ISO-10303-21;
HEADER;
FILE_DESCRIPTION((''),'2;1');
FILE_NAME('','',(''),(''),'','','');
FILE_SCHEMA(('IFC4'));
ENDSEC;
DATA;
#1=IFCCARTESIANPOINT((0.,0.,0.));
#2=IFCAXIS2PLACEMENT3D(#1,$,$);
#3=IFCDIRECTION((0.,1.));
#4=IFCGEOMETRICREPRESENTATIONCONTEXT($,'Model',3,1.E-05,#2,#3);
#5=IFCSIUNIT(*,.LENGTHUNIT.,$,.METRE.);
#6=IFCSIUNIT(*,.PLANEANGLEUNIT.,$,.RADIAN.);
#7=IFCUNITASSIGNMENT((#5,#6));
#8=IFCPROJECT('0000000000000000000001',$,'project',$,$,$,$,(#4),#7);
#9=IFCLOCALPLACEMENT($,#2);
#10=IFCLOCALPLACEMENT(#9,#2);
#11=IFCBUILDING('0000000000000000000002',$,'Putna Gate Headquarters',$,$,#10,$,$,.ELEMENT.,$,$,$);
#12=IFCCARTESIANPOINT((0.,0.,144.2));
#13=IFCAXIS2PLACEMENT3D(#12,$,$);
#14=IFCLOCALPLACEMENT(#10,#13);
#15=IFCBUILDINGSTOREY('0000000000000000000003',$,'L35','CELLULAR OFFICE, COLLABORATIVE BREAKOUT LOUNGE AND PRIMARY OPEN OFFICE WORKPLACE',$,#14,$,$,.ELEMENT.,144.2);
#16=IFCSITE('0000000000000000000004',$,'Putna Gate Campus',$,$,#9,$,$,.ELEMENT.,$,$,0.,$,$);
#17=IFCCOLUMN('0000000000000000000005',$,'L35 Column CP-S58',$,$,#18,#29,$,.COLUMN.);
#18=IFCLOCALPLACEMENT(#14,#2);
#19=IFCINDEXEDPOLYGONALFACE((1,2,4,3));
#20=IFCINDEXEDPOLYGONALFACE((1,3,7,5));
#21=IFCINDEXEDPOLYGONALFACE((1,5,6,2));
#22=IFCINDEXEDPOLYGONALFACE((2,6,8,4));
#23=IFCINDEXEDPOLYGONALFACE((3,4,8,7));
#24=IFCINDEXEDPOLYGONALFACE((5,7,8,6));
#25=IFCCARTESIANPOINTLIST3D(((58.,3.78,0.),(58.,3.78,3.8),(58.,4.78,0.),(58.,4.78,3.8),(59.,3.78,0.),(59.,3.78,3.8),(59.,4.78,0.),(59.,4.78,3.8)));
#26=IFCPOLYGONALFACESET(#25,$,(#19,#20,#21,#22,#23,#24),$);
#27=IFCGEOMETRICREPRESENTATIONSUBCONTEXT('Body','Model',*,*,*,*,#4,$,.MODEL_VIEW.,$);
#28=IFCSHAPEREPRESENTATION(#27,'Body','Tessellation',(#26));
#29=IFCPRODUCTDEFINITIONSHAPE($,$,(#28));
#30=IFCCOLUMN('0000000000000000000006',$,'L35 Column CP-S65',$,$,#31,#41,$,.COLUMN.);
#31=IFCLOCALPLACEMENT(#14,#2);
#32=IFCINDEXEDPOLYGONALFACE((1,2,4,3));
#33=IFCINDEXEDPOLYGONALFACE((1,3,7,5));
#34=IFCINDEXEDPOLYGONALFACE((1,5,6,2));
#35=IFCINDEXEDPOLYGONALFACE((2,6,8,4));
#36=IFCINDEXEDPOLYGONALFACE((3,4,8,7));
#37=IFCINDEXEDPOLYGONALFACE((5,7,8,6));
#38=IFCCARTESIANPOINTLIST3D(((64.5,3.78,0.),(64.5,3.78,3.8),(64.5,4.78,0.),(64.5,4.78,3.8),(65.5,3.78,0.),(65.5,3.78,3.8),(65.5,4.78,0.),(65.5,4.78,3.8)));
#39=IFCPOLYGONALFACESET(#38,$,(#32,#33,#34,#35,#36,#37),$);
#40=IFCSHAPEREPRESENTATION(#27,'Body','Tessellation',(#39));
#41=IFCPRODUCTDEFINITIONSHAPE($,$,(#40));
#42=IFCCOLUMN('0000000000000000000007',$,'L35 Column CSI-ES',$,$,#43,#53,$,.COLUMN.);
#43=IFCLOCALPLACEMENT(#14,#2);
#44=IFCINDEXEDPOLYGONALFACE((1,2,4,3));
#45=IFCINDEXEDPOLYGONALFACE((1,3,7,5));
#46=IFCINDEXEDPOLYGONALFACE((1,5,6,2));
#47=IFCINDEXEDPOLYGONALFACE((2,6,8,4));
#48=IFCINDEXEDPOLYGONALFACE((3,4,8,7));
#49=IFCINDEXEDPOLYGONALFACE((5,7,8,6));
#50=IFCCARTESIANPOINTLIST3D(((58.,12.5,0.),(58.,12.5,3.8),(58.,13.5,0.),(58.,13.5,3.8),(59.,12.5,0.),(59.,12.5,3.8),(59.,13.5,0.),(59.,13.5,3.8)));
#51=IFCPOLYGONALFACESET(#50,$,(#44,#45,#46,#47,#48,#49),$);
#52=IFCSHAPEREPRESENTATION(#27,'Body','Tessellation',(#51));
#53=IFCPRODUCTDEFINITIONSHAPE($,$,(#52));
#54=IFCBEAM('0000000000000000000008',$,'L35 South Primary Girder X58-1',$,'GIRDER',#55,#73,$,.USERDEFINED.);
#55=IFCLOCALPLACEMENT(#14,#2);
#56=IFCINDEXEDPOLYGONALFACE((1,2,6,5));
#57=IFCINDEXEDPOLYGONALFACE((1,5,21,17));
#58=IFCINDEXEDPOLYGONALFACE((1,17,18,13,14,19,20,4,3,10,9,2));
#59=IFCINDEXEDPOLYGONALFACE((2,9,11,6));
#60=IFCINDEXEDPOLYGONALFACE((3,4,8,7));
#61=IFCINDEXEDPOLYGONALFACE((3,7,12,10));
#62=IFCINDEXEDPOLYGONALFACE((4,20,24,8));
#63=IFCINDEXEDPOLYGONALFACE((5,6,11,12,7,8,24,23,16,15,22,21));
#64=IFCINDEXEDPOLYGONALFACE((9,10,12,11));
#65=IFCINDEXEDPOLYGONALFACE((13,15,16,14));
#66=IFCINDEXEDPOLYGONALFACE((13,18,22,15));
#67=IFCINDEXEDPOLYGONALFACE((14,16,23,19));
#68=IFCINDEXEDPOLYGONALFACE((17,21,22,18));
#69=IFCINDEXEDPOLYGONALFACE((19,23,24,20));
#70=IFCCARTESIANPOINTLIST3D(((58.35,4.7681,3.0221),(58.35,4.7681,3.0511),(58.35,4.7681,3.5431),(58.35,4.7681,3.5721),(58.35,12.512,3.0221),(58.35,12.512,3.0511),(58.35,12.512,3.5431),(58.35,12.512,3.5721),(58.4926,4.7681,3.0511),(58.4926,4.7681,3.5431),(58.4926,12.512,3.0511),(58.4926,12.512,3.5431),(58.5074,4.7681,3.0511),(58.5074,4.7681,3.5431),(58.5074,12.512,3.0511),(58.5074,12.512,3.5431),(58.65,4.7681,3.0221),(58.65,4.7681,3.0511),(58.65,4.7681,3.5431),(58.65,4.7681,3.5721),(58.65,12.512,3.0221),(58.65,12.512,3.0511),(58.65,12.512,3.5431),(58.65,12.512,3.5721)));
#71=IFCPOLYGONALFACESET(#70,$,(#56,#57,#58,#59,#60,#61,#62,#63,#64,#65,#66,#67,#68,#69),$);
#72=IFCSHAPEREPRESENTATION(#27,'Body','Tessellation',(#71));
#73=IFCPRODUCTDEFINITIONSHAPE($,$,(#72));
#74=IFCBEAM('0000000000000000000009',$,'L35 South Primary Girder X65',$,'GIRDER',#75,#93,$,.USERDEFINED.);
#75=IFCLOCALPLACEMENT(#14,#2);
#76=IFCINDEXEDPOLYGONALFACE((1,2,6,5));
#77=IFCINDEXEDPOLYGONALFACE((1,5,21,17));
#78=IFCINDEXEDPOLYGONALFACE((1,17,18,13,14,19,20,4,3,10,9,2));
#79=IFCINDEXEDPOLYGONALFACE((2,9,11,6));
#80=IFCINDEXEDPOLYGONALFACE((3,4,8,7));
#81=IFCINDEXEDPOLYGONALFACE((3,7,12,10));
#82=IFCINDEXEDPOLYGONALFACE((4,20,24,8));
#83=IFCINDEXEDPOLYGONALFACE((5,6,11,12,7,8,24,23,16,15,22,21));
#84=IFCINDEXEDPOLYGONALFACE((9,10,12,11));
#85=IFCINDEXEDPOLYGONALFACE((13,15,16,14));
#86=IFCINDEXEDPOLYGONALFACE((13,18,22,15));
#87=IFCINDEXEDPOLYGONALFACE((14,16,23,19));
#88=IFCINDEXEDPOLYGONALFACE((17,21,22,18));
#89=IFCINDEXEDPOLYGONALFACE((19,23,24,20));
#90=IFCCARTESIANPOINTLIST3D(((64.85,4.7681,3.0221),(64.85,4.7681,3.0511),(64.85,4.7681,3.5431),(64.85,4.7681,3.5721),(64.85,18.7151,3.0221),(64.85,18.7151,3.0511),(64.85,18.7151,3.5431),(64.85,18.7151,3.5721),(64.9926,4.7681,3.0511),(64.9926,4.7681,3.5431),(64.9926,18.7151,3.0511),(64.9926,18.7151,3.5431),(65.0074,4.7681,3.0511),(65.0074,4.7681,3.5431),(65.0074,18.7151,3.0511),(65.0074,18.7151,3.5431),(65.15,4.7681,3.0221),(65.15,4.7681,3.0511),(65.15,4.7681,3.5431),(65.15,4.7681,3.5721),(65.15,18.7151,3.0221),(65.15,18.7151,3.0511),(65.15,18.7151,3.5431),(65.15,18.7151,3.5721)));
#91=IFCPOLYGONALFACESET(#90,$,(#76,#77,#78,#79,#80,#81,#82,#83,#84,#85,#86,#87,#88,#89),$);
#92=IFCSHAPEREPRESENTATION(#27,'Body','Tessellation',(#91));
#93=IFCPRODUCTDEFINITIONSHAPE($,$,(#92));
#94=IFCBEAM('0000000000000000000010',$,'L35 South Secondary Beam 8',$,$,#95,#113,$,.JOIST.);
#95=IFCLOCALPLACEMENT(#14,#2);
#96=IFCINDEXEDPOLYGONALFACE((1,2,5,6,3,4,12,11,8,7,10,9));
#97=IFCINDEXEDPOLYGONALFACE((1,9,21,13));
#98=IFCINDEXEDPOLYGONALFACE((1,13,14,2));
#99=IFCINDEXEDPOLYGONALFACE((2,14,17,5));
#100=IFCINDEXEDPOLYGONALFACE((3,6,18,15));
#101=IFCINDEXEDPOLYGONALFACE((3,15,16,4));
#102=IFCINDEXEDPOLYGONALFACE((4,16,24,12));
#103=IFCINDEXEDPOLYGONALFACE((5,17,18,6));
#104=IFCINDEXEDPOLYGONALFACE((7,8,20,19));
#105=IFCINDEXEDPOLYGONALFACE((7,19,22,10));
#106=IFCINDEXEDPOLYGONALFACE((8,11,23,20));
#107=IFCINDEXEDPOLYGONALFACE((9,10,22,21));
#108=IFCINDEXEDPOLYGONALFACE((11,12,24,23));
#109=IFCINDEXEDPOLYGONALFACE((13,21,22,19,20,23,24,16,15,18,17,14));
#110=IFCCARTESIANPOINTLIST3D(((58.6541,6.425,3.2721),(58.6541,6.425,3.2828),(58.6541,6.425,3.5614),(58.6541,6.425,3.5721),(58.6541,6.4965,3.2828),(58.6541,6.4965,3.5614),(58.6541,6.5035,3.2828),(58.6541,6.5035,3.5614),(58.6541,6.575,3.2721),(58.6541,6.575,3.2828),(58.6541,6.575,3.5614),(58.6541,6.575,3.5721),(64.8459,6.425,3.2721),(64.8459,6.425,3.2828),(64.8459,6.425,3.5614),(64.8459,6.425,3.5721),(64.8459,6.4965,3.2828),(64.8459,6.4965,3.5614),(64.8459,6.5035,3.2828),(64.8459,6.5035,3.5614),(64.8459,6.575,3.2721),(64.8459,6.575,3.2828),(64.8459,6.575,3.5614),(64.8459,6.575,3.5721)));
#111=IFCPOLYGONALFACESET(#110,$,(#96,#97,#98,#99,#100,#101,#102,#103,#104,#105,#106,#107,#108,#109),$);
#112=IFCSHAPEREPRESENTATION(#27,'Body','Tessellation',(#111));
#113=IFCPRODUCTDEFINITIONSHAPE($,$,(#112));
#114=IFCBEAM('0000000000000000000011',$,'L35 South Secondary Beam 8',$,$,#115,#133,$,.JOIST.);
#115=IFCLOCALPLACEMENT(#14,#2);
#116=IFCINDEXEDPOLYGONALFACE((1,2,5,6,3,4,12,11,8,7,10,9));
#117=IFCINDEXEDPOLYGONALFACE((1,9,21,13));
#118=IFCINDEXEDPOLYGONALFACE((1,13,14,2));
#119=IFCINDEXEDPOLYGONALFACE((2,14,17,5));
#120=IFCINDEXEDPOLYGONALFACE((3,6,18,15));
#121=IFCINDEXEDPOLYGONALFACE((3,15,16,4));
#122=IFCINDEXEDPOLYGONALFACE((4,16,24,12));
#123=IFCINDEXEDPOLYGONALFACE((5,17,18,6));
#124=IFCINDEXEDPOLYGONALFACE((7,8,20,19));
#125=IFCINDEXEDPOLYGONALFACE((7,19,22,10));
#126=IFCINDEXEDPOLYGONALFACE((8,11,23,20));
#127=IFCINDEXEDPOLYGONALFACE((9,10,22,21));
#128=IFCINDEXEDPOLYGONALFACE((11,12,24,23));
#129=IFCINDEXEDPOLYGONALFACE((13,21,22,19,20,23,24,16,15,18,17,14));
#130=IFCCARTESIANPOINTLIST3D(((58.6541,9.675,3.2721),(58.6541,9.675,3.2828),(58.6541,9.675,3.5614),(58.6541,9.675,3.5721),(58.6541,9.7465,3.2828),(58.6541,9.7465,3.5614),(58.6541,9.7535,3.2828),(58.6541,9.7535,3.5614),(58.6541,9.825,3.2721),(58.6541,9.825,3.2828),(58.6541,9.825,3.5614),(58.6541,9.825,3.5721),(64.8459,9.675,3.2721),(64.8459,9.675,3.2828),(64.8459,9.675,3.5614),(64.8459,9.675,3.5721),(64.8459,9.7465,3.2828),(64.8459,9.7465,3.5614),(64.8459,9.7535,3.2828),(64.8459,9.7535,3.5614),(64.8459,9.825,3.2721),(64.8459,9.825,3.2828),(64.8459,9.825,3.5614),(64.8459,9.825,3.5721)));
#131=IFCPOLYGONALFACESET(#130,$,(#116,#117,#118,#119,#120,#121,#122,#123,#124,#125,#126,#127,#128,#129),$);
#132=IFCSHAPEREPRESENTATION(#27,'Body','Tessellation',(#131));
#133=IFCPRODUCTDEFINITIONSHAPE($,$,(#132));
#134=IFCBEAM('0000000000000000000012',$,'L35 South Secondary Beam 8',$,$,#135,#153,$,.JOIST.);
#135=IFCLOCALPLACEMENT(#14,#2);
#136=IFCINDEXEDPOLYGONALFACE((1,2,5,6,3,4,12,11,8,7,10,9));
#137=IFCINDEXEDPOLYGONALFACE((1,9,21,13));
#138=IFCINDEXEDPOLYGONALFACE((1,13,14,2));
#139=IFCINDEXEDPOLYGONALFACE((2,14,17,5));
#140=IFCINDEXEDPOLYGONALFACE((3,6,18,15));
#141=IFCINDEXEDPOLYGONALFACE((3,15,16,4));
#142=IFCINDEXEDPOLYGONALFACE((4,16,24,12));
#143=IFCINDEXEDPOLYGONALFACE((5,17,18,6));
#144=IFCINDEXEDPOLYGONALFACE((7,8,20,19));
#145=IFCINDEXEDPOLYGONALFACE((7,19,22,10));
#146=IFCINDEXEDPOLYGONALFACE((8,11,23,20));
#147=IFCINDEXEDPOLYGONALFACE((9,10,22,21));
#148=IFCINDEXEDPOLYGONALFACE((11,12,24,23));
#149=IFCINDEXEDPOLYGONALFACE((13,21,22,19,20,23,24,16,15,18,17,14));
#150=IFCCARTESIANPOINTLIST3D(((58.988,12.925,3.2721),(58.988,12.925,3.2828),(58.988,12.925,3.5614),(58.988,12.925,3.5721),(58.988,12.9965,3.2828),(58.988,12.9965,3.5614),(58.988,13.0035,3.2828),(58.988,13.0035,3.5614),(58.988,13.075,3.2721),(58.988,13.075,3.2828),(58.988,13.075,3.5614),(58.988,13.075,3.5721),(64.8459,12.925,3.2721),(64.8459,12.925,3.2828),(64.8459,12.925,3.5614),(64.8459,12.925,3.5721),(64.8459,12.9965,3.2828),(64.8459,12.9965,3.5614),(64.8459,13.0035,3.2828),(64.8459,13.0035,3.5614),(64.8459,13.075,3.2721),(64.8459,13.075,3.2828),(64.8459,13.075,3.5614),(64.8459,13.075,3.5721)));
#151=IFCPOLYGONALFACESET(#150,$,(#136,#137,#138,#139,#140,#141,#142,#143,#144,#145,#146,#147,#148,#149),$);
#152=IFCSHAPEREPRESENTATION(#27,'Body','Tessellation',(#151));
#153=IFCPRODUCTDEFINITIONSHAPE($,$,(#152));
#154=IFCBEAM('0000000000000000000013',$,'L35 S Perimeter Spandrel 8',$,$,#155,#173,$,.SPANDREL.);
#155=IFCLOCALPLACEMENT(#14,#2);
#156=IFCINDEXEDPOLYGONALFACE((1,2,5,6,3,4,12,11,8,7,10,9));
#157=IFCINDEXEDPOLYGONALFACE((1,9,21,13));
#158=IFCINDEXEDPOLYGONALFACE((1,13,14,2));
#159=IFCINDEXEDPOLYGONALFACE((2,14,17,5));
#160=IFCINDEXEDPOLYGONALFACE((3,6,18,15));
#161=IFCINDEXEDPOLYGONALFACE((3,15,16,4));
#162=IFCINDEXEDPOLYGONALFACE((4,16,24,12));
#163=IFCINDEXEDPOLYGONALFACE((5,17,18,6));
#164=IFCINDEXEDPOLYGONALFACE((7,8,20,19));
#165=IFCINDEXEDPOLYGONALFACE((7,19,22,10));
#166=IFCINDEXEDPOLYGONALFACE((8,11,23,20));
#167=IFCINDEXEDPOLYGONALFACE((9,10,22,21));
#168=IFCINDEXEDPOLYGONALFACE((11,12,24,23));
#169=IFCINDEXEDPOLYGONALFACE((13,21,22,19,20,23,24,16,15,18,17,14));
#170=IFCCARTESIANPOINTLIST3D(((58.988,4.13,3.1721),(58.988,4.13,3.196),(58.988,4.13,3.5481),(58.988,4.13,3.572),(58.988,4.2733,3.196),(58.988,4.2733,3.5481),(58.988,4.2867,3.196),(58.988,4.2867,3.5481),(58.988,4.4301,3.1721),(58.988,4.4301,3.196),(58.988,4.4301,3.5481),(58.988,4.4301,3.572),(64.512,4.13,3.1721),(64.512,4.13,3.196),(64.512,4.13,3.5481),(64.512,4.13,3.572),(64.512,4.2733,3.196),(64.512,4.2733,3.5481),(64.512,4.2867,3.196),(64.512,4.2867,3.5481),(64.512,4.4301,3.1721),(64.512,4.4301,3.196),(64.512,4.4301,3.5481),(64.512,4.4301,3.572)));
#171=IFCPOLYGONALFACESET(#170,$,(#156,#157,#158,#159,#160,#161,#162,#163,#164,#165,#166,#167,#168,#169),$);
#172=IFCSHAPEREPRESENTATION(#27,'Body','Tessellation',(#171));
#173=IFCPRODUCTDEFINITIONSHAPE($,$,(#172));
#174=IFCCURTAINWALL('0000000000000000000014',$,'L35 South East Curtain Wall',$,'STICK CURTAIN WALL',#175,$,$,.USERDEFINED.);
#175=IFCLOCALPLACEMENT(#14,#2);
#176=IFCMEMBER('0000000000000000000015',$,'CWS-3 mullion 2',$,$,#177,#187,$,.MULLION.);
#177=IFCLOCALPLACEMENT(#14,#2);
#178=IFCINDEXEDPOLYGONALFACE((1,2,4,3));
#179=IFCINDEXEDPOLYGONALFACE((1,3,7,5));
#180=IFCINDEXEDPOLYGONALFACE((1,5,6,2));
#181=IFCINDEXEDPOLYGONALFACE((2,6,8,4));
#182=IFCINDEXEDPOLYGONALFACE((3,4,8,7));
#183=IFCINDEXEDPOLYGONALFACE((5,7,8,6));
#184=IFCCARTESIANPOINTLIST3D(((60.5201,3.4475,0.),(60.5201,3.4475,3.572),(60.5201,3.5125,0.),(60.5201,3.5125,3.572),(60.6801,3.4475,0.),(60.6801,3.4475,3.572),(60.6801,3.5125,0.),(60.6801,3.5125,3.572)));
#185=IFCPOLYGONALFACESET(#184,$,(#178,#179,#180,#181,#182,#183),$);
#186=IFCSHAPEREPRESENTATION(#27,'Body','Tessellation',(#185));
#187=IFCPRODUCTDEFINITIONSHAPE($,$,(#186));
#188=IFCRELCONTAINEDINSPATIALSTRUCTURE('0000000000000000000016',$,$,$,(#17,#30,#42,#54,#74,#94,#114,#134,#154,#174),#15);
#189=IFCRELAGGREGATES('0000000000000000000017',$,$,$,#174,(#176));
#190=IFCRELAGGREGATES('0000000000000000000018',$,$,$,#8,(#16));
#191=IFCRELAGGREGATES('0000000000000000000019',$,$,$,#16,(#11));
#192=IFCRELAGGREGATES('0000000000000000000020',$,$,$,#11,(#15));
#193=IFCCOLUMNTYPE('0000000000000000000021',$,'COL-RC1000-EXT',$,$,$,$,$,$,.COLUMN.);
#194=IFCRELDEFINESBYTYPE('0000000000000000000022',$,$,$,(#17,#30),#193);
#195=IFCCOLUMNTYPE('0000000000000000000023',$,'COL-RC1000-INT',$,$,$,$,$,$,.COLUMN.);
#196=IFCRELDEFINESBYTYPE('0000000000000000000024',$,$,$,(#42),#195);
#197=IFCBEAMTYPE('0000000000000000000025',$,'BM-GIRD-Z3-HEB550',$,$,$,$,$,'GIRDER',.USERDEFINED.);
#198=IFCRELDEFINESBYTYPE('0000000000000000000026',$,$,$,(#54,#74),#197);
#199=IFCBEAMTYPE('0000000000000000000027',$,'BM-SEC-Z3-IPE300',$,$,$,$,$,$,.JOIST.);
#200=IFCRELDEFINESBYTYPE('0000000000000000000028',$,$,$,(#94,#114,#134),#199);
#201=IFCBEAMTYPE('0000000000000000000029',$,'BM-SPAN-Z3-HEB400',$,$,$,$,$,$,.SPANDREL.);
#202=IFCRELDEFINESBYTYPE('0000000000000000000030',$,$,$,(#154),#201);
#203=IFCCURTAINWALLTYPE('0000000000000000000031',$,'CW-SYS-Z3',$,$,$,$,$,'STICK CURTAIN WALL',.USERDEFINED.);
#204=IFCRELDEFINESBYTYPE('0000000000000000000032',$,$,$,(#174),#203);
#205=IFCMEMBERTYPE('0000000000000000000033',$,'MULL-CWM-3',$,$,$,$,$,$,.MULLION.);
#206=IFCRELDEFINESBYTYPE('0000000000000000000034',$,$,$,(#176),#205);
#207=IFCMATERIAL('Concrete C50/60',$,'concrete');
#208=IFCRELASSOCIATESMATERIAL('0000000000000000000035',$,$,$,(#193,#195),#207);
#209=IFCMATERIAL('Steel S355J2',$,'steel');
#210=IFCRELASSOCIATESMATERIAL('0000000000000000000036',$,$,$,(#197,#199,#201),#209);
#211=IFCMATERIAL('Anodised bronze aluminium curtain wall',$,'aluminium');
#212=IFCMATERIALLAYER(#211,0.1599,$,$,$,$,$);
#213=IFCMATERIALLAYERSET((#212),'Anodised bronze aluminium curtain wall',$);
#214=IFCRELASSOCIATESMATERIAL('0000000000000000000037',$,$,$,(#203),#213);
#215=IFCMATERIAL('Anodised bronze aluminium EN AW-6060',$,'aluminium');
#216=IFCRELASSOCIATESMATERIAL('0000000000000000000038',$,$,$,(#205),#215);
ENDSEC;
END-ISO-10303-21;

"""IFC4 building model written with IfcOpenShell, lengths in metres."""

from ifc_helpers import new_model, si_unit, direction, frame, origin, origin_2d, place, context, subcontext, project, spatial, rectangle, i_section, extrude, material, layer, layer_set, material_profile, profile_set, type_object, element, aggregate, save


model = new_model("IFC4")

# Units and contexts
model_context = context("Model", 3, precision=1e-05, world=origin(), true_north=direction((0.0, 1.0)))
body_context = subcontext(model_context, "Body", "Model", "MODEL_VIEW")
ifc_project = project(units=[si_unit("LENGTHUNIT", "METRE"), si_unit("PLANEANGLEUNIT", "RADIAN")], contexts=[model_context])

# Site, building, storey
site_placement = place(None, origin())
site = spatial("IfcSite", under=ifc_project, at=site_placement, Name="Putna Gate Campus", CompositionType="ELEMENT", RefElevation=0.0)
building_placement = place(site_placement, origin())
building = spatial("IfcBuilding", under=site, at=building_placement, Name="Putna Gate Headquarters", CompositionType="ELEMENT")
storey_placement = place(building_placement, frame((0.0, 0.0, 144.2)))
storey = spatial("IfcBuildingStorey", under=building, at=storey_placement, Name="L35", Description="CELLULAR OFFICE, COLLABORATIVE BREAKOUT LOUNGE AND PRIMARY OPEN OFFICE WORKPLACE", CompositionType="ELEMENT", Elevation=144.2)

# Columns
ifc_material_1 = material(Name="Concrete C50/60", Category="concrete")
ifc_material_profile_1 = material_profile(ifc_material_1, rectangle(XDim=1.0, YDim=1.0, at=origin_2d()), Name="Concrete C50/60")
ifc_profile_set_1 = profile_set([ifc_material_profile_1], Name="Concrete C50/60")
column_type_1 = type_object("IfcColumnType", Name="COL-RC1000-EXT", PredefinedType="COLUMN", material=ifc_profile_set_1)
for number, where, z_axis, x_axis, name in (
    (1, (58.5, 4.28, 0.0), (0.0, 0.0, 1.0), (1.0, 0.0, 0.0), "L35 Column CP-S58"),
    (2, (65.0, 4.28, 0.0), (0.0, 0.0, 1.0), (1.0, 0.0, 0.0), "L35 Column CP-S65"),
):
    element("IfcColumn", number, at=place(storey_placement, frame(where, z_axis=z_axis, x_axis=x_axis)), inside=storey, type_object=column_type_1, Name=name, PredefinedType="COLUMN", context=body_context, shape_type="SweptSolid", body=[
        extrude(rectangle(XDim=1.0, YDim=1.0, at=origin_2d()), origin(), (0.0, 0.0, 1.0), 3.8),
    ])
ifc_material_profile_2 = material_profile(ifc_material_1, rectangle(XDim=1.0, YDim=1.0, at=origin_2d()), Name="Concrete C50/60")
ifc_profile_set_2 = profile_set([ifc_material_profile_2], Name="Concrete C50/60")
column_type_2 = type_object("IfcColumnType", Name="COL-RC1000-INT", PredefinedType="COLUMN", material=ifc_profile_set_2)
column_placement = place(storey_placement, frame((58.5, 13.0, 0.0), z_axis=(0.0, 0.0, 1.0), x_axis=(1.0, 0.0, 0.0)))
element("IfcColumn", 3, at=column_placement, inside=storey, type_object=column_type_2, Name="L35 Column CSI-ES", PredefinedType="COLUMN", context=body_context, shape_type="SweptSolid", body=[
    extrude(rectangle(XDim=1.0, YDim=1.0, at=origin_2d()), origin(), (0.0, 0.0, 1.0), 3.8),
])

# Beams
ifc_material_2 = material(Name="Steel S355J2", Category="steel")
ifc_material_profile_3 = material_profile(ifc_material_2, i_section(OverallWidth=0.3, OverallDepth=0.55, WebThickness=0.0149, FlangeThickness=0.0291, at=origin_2d()), Name="Steel S355J2")
ifc_profile_set_3 = profile_set([ifc_material_profile_3], Name="Steel S355J2")
beam_type_1 = type_object("IfcBeamType", Name="BM-GIRD-Z3-HEB550", ElementType="GIRDER", PredefinedType="USERDEFINED", material=ifc_profile_set_3)
beam_1_placement = place(storey_placement, frame((58.5, 4.7681, 3.2971), z_axis=(0.0, 1.0, 0.0), x_axis=(-1.0, 0.0, 0.0)))
element("IfcBeam", 4, at=beam_1_placement, inside=storey, type_object=beam_type_1, Name="L35 South Primary Girder X58-1", ObjectType="GIRDER", PredefinedType="USERDEFINED", context=body_context, shape_type="SweptSolid", body=[
    extrude(i_section(OverallWidth=0.3, OverallDepth=0.55, WebThickness=0.0149, FlangeThickness=0.0291, at=origin_2d()), origin(), (0.0, 0.0, 1.0), 7.7439),
])
beam_2_placement = place(storey_placement, frame((65.0, 4.7681, 3.2971), z_axis=(0.0, 1.0, 0.0), x_axis=(-1.0, 0.0, 0.0)))
element("IfcBeam", 5, at=beam_2_placement, inside=storey, type_object=beam_type_1, Name="L35 South Primary Girder X65", ObjectType="GIRDER", PredefinedType="USERDEFINED", context=body_context, shape_type="SweptSolid", body=[
    extrude(i_section(OverallWidth=0.3, OverallDepth=0.55, WebThickness=0.0149, FlangeThickness=0.0291, at=origin_2d()), origin(), (0.0, 0.0, 1.0), 13.947),
])
ifc_material_profile_4 = material_profile(ifc_material_2, i_section(OverallWidth=0.1499, OverallDepth=0.3, WebThickness=0.0071, FlangeThickness=0.0107, at=origin_2d()), Name="Steel S355J2")
ifc_profile_set_4 = profile_set([ifc_material_profile_4], Name="Steel S355J2")
beam_type_2 = type_object("IfcBeamType", Name="BM-SEC-Z3-IPE300", PredefinedType="JOIST", material=ifc_profile_set_4)
for number, where, z_axis, x_axis, name in (
    (6, (58.6541, 6.5, 3.4221), (1.0, 0.0, 0.0), (0.0, 1.0, 0.0), "L35 South Secondary Beam 8"),
    (7, (58.6541, 9.75, 3.4221), (1.0, 0.0, 0.0), (0.0, 1.0, 0.0), "L35 South Secondary Beam 8"),
):
    element("IfcBeam", number, at=place(storey_placement, frame(where, z_axis=z_axis, x_axis=x_axis)), inside=storey, type_object=beam_type_2, Name=name, PredefinedType="JOIST", context=body_context, shape_type="SweptSolid", body=[
        extrude(i_section(OverallWidth=0.1499, OverallDepth=0.3, WebThickness=0.0071, FlangeThickness=0.0107, at=origin_2d()), origin(), (0.0, 0.0, 1.0), 6.1919),
    ])
beam_3_placement = place(storey_placement, frame((58.988, 13.0, 3.4221), z_axis=(1.0, 0.0, 0.0), x_axis=(0.0, 1.0, 0.0)))
element("IfcBeam", 8, at=beam_3_placement, inside=storey, type_object=beam_type_2, Name="L35 South Secondary Beam 8", PredefinedType="JOIST", context=body_context, shape_type="SweptSolid", body=[
    extrude(i_section(OverallWidth=0.1499, OverallDepth=0.3, WebThickness=0.0071, FlangeThickness=0.0107, at=origin_2d()), origin(), (0.0, 0.0, 1.0), 5.8579),
])
ifc_material_profile_5 = material_profile(ifc_material_2, i_section(OverallWidth=0.3, OverallDepth=0.3999, WebThickness=0.0134, FlangeThickness=0.0239, at=origin_2d()), Name="Steel S355J2")
ifc_profile_set_5 = profile_set([ifc_material_profile_5], Name="Steel S355J2")
beam_type_3 = type_object("IfcBeamType", Name="BM-SPAN-Z3-HEB400", PredefinedType="SPANDREL", material=ifc_profile_set_5)
beam_4_placement = place(storey_placement, frame((58.988, 4.28, 3.3721), z_axis=(1.0, 0.0, 0.0), x_axis=(0.0, 1.0, 0.0)))
element("IfcBeam", 9, at=beam_4_placement, inside=storey, type_object=beam_type_3, Name="L35 S Perimeter Spandrel 8", PredefinedType="SPANDREL", context=body_context, shape_type="SweptSolid", body=[
    extrude(i_section(OverallWidth=0.3, OverallDepth=0.3999, WebThickness=0.0134, FlangeThickness=0.0239, at=origin_2d()), origin(), (0.0, 0.0, 1.0), 5.5239),
])

# Curtain wall, member
ifc_material_3 = material(Name="Anodised bronze aluminium curtain wall", Category="aluminium")
ifc_layer_1 = layer(ifc_material_3, 0.1599)
ifc_layer_set_1 = layer_set([ifc_layer_1], Name="Anodised bronze aluminium curtain wall")
curtain_wall_type = type_object("IfcCurtainWallType", Name="CW-SYS-Z3", ElementType="STICK CURTAIN WALL", PredefinedType="USERDEFINED", material=ifc_layer_set_1)
curtain_wall_1_placement = place(storey_placement, origin())
curtain_wall_1 = element("IfcCurtainWall", 10, at=curtain_wall_1_placement, inside=storey, type_object=curtain_wall_type, Name="L35 South East Curtain Wall", ObjectType="STICK CURTAIN WALL", PredefinedType="USERDEFINED")
ifc_material_4 = material(Name="Anodised bronze aluminium EN AW-6060", Category="aluminium")
ifc_material_profile_6 = material_profile(ifc_material_4, rectangle(XDim=0.0649, YDim=0.1599, at=origin_2d()), Name="Anodised bronze aluminium EN AW-6060")
ifc_profile_set_6 = profile_set([ifc_material_profile_6], Name="Anodised bronze aluminium EN AW-6060")
member_type_1 = type_object("IfcMemberType", Name="MULL-CWM-3", PredefinedType="MULLION", material=ifc_profile_set_6)
member_1_placement = place(storey_placement, frame((60.6001, 3.48, 0.0), z_axis=(0.0, 0.0, 1.0), x_axis=(0.0, 1.0, 0.0)))
member_1 = element("IfcMember", 11, at=member_1_placement, type_object=member_type_1, Name="CWS-3 mullion 2", PredefinedType="MULLION", context=body_context, shape_type="SweptSolid", body=[
    extrude(rectangle(XDim=0.0649, YDim=0.1599, at=origin_2d()), origin(), (0.0, 0.0, 1.0), 3.572),
])

aggregate(curtain_wall_1, [member_1])

save(model, "model.ifc")
